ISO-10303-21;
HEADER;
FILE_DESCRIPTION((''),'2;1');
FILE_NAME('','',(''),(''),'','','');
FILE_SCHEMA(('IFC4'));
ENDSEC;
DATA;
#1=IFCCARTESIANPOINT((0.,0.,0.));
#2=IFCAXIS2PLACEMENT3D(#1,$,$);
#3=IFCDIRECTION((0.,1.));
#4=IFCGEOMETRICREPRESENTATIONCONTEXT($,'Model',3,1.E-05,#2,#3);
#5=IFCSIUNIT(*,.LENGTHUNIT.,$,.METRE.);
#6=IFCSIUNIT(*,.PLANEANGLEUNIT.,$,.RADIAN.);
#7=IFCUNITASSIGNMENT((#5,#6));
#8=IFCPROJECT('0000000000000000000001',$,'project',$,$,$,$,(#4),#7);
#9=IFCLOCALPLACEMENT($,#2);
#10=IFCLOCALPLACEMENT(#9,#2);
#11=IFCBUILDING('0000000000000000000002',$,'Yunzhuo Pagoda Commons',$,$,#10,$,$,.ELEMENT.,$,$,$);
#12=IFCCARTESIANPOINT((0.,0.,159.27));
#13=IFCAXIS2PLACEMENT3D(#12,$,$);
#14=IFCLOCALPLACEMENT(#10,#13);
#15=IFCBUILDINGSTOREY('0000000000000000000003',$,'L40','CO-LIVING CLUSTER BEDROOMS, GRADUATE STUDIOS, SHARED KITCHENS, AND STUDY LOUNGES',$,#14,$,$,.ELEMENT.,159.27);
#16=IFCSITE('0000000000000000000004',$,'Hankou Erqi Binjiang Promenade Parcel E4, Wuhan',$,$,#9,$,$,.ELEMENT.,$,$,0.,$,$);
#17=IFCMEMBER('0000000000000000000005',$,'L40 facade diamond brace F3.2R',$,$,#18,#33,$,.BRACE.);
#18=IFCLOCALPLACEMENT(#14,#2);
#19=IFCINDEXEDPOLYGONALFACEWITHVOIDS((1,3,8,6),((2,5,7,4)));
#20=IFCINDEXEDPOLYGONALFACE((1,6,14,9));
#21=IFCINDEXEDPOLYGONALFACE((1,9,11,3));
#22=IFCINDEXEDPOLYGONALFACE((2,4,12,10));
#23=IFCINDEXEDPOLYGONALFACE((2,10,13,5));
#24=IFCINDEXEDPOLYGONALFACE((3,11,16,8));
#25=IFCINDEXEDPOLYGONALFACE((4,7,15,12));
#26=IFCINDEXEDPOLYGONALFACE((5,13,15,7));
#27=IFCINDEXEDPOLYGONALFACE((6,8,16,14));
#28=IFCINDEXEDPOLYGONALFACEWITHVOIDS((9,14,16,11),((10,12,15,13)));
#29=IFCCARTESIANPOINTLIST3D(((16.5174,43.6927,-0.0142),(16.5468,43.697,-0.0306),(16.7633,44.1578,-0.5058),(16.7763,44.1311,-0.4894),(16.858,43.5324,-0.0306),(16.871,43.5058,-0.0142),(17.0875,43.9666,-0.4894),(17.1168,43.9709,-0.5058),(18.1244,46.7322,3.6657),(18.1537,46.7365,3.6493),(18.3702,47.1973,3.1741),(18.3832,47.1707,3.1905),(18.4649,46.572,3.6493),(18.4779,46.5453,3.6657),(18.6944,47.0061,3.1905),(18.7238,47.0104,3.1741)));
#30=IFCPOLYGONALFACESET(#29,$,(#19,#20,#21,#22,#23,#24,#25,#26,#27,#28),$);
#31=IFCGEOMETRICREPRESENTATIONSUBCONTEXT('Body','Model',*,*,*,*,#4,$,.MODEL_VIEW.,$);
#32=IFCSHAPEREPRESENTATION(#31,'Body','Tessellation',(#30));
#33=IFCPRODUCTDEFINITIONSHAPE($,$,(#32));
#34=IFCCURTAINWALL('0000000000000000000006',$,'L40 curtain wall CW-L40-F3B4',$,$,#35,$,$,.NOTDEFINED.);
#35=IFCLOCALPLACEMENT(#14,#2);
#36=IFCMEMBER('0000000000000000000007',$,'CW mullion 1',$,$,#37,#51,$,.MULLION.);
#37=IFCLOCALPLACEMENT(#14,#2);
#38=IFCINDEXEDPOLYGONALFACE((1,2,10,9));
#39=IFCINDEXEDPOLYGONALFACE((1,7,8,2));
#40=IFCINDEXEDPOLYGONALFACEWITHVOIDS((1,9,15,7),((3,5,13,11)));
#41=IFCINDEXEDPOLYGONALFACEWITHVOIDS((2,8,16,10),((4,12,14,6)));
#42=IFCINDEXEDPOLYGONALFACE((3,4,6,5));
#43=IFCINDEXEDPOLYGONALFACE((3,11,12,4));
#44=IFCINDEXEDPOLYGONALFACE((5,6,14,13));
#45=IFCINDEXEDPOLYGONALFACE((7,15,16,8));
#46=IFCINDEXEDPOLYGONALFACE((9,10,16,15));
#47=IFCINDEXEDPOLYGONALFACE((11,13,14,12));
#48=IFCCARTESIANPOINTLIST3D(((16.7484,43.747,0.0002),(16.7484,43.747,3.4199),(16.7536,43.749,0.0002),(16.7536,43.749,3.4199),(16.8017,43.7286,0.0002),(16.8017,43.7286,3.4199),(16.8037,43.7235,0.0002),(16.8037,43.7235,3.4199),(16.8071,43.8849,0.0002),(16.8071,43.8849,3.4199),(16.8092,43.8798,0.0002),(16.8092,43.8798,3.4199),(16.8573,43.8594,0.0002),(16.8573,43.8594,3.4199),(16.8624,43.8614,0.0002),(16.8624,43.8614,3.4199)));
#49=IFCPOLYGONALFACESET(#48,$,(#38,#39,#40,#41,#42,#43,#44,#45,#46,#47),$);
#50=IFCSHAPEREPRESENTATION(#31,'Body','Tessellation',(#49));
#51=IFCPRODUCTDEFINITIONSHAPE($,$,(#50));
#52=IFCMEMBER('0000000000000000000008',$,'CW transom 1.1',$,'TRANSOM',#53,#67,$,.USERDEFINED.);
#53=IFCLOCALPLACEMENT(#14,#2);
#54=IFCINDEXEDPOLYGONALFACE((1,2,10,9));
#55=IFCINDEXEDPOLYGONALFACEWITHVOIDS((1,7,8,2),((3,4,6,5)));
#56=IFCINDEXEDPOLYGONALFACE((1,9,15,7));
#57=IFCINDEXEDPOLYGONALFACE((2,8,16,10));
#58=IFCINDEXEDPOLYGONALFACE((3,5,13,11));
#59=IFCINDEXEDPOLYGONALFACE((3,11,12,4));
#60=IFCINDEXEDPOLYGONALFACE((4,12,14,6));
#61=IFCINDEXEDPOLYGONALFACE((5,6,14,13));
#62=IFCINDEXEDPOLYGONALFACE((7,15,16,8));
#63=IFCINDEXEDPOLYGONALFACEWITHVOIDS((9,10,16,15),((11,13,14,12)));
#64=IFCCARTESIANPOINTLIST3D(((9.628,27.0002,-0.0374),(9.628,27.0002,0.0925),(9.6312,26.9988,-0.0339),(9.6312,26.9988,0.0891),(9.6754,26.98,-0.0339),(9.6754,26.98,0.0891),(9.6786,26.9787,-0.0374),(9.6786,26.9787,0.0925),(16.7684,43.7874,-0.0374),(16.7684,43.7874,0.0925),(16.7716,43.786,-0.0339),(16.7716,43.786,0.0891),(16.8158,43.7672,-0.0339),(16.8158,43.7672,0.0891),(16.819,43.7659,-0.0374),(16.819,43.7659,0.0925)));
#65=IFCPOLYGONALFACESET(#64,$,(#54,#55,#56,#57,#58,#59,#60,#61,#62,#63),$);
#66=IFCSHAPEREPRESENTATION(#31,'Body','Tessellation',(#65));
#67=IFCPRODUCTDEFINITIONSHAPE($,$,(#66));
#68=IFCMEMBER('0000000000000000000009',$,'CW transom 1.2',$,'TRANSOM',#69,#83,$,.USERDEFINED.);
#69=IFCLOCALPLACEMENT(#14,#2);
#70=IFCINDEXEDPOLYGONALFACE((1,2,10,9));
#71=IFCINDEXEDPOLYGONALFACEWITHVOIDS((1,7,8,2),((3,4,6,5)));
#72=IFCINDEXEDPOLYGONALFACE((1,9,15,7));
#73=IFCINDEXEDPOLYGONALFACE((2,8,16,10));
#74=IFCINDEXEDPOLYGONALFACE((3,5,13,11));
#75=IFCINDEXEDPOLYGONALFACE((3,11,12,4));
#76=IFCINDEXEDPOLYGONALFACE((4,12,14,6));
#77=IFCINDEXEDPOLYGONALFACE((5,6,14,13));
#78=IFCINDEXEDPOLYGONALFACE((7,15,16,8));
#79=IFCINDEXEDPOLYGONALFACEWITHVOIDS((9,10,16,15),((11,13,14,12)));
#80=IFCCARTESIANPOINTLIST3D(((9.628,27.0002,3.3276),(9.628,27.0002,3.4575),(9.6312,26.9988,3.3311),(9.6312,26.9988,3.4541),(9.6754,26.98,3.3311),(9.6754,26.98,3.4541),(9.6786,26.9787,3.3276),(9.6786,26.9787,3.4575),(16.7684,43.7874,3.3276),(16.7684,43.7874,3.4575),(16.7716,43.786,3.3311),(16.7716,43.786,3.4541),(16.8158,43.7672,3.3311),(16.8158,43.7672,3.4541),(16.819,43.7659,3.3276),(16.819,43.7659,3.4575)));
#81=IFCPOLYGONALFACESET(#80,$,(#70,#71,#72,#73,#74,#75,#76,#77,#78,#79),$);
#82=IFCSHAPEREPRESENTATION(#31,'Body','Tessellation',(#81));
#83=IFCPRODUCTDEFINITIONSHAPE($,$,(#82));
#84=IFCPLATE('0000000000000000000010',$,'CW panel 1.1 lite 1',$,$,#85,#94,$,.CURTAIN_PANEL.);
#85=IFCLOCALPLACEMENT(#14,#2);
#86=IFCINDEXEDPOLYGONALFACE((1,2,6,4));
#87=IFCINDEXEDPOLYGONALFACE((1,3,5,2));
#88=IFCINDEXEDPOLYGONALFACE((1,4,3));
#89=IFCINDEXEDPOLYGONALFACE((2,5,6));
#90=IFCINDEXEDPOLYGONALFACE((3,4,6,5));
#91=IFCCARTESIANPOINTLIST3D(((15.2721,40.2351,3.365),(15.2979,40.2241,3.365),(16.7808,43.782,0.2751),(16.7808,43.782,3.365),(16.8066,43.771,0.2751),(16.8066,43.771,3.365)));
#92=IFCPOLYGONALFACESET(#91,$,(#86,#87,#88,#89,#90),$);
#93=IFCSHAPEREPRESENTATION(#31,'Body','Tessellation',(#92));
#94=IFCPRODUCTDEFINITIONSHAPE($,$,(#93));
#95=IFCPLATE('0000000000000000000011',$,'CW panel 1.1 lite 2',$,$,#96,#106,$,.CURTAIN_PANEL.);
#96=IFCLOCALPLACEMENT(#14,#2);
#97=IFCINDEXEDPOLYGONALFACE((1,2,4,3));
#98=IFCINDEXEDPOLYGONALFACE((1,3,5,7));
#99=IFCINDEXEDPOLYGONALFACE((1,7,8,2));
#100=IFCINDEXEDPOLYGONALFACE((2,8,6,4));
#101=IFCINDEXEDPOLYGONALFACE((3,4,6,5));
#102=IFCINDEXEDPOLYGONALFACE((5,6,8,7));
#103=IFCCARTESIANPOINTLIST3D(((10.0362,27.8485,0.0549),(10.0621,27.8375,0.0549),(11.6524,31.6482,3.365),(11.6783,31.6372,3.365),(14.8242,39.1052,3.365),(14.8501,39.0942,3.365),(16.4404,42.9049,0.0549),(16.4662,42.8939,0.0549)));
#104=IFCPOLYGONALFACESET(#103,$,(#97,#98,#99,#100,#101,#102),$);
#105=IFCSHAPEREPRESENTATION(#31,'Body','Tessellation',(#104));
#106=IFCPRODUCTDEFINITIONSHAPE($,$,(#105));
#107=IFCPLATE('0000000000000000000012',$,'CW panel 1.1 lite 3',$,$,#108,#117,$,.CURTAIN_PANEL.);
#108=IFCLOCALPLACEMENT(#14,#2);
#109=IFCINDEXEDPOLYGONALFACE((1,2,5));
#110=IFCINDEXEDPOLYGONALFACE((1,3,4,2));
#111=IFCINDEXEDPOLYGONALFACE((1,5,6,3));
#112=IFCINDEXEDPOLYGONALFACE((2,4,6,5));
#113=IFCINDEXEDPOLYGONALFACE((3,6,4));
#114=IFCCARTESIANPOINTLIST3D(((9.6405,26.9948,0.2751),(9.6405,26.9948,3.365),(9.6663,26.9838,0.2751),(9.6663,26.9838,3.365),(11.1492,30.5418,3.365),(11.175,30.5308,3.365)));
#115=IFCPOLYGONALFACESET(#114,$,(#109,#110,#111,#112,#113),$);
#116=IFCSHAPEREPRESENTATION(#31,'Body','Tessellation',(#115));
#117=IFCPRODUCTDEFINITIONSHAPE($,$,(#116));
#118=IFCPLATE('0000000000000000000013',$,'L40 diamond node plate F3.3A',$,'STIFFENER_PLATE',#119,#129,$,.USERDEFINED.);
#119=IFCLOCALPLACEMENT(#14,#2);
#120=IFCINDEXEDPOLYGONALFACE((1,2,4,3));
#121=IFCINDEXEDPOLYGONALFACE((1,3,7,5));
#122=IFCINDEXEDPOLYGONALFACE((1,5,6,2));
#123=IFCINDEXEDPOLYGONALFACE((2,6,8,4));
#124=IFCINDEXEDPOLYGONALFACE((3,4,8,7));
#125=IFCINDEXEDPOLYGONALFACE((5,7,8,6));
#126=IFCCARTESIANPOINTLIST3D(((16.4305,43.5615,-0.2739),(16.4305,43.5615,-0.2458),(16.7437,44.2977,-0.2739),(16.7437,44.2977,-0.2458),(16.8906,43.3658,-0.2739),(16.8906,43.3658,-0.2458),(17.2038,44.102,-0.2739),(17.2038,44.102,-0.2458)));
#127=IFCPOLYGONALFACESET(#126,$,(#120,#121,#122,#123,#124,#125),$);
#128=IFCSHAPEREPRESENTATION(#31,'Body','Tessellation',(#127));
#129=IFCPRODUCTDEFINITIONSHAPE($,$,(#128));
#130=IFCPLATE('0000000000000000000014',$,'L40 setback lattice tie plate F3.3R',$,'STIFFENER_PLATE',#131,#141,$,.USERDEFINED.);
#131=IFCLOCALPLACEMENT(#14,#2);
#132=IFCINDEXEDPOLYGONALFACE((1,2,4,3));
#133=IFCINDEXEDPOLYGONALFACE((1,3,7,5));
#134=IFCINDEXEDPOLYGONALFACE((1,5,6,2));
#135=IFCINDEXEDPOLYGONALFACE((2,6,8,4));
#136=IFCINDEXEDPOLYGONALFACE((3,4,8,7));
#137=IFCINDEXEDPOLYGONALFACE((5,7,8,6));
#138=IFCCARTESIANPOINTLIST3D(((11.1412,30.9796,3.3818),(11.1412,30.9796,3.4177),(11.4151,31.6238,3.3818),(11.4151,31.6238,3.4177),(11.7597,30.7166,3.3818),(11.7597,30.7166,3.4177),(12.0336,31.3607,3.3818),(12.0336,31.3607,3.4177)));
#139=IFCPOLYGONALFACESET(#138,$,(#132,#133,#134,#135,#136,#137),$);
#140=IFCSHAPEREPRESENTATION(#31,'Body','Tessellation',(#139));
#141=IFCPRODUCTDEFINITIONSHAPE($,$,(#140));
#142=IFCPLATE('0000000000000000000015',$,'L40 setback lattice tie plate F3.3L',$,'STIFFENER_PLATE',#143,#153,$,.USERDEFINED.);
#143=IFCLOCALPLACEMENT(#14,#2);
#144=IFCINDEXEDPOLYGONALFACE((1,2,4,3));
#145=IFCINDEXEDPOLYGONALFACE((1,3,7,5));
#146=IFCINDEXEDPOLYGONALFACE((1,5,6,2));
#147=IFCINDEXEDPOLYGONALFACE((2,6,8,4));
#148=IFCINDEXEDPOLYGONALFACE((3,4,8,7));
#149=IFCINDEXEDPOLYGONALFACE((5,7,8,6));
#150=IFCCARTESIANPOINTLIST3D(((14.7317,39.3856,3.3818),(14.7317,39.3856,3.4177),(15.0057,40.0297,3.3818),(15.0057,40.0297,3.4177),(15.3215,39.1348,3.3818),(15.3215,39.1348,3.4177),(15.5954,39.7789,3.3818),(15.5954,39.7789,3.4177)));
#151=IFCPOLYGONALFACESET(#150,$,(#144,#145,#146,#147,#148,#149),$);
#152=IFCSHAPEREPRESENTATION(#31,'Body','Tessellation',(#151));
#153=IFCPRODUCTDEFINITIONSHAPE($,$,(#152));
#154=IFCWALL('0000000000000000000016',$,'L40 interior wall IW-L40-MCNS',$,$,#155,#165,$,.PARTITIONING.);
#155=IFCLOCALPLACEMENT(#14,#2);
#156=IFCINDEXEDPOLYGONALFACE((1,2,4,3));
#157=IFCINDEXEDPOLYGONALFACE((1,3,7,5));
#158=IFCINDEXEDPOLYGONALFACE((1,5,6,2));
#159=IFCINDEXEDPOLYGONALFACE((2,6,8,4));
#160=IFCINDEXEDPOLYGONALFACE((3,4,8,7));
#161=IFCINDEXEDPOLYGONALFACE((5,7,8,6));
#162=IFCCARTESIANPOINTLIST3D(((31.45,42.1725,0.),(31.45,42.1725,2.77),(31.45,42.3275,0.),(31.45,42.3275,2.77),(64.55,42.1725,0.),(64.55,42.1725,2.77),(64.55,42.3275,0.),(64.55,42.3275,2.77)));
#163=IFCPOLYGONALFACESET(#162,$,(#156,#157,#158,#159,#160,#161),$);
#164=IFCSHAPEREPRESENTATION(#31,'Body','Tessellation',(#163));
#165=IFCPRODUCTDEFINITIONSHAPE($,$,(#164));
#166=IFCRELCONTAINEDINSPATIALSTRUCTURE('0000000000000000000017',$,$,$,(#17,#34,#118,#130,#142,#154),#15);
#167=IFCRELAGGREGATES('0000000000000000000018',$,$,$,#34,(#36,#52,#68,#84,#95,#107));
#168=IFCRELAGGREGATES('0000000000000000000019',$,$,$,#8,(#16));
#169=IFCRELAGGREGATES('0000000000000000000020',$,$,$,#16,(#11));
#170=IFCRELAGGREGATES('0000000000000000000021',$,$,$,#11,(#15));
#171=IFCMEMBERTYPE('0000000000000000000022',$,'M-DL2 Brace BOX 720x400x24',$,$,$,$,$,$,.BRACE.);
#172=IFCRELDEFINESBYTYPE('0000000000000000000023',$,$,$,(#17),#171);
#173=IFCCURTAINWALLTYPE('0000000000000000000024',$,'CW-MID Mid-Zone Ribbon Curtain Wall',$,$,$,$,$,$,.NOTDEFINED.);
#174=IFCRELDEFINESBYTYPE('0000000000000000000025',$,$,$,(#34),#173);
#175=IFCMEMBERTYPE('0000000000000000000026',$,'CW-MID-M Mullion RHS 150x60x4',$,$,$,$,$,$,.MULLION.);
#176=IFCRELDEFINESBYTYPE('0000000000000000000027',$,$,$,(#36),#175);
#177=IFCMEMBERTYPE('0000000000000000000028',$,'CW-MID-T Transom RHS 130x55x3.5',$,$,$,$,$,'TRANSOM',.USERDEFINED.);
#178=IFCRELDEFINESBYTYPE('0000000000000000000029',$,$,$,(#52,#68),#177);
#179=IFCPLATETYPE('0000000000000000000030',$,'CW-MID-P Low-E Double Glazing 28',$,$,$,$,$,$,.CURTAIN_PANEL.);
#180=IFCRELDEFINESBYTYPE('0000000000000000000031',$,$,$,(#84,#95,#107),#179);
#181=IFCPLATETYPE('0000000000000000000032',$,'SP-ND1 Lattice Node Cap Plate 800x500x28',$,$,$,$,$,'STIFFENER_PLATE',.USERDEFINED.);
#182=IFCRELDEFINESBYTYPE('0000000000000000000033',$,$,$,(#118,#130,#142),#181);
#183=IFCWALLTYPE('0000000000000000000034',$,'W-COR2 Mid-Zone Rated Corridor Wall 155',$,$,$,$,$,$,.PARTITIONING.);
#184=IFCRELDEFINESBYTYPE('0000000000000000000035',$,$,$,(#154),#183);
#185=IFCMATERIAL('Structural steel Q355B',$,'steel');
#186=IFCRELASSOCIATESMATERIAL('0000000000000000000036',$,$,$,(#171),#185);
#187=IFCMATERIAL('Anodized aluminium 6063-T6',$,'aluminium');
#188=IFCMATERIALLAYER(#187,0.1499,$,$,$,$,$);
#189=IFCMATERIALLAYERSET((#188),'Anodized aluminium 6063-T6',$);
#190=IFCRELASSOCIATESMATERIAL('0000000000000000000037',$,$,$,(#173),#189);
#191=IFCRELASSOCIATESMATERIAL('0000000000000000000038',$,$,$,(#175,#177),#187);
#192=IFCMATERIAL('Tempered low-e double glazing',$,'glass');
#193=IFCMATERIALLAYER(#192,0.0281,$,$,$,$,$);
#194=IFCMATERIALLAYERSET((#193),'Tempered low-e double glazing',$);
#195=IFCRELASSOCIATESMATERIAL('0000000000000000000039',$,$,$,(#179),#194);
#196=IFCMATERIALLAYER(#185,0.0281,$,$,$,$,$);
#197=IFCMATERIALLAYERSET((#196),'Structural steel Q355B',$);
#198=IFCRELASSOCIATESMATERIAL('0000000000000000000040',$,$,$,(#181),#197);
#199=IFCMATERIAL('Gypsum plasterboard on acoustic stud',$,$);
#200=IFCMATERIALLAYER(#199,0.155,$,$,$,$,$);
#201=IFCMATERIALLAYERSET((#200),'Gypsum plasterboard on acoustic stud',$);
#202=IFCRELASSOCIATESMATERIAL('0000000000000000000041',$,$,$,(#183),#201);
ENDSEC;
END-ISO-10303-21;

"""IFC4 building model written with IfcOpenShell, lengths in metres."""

from ifc_helpers import new_model, si_unit, direction, frame, frame_2d, origin, origin_2d, place, context, subcontext, project, spatial, polyline, rectangle, hollow_rectangle, outline, extrude, source, transform, mapped, material, layer, layer_set, material_profile, profile_set, type_object, element, aggregate, save


model = new_model("IFC4")

# Units and contexts
model_context = context("Model", 3, precision=1e-05, world=origin(), true_north=direction((0.0, 1.0)))
body_context = subcontext(model_context, "Body", "Model", "MODEL_VIEW")
ifc_project = project(units=[si_unit("LENGTHUNIT", "METRE"), si_unit("PLANEANGLEUNIT", "RADIAN")], contexts=[model_context])

# Site, building, storey
site_placement = place(None, origin())
site = spatial("IfcSite", under=ifc_project, at=site_placement, Name="Hankou Erqi Binjiang Promenade Parcel E4, Wuhan", CompositionType="ELEMENT", RefElevation=0.0)
building_placement = place(site_placement, origin())
building = spatial("IfcBuilding", under=site, at=building_placement, Name="Yunzhuo Pagoda Commons", CompositionType="ELEMENT")
storey_placement = place(building_placement, frame((0.0, 0.0, 159.27)))
storey = spatial("IfcBuildingStorey", under=building, at=storey_placement, Name="L40", Description="CO-LIVING CLUSTER BEDROOMS, GRADUATE STUDIOS, SHARED KITCHENS, AND STUDY LOUNGES", CompositionType="ELEMENT", Elevation=159.27)

# Shared definitions
ifc_material_1 = material(Name="Structural steel Q355B", Category="steel")

# Member
ifc_material_profile_1 = material_profile(ifc_material_1, hollow_rectangle(XDim=0.3999, YDim=0.72, WallThickness=0.0239, at=origin_2d()), Name="Structural steel Q355B")
ifc_profile_set_1 = profile_set([ifc_material_profile_1], Name="Structural steel Q355B")
member_type_1 = type_object("IfcMemberType", Name="M-DL2 Brace BOX 720x400x24", PredefinedType="BRACE", material=ifc_profile_set_1)
shared_shape_1 = source(origin(), body_context, "Body", "SweptSolid", [
    extrude(hollow_rectangle(XDim=0.3999, YDim=0.72, WallThickness=0.0239, at=origin_2d()), origin(), (0.0, 0.0, 1.0), 5.0361),
])
member_1_placement = place(storey_placement, frame((16.8171, 43.8318, -0.26), z_axis=(0.319079, 0.603544, 0.730701), x_axis=(-0.884057, 0.467379, 0.0)))
element("IfcMember", 1, at=member_1_placement, inside=storey, type_object=member_type_1, Name="L40 facade diamond brace F3.2R", PredefinedType="BRACE", context=body_context, shape_type="MappedRepresentation", body=[
    mapped(shared_shape_1, transform((0.0, 0.0, 0.0), scale=1.0)),
])

# Curtain wall, members, plates
ifc_material_2 = material(Name="Anodized aluminium 6063-T6", Category="aluminium")
ifc_layer_1 = layer(ifc_material_2, 0.1499)
ifc_layer_set_1 = layer_set([ifc_layer_1], Name="Anodized aluminium 6063-T6")
curtain_wall_type = type_object("IfcCurtainWallType", Name="CW-MID Mid-Zone Ribbon Curtain Wall", PredefinedType="NOTDEFINED", material=ifc_layer_set_1)
curtain_wall_placement = place(storey_placement, origin())
curtain_wall = element("IfcCurtainWall", 2, at=curtain_wall_placement, inside=storey, type_object=curtain_wall_type, Name="L40 curtain wall CW-L40-F3B4", PredefinedType="NOTDEFINED")
ifc_material_profile_2 = material_profile(ifc_material_2, hollow_rectangle(XDim=0.0601, YDim=0.1499, WallThickness=0.0039, at=origin_2d()), Name="Anodized aluminium 6063-T6")
ifc_profile_set_2 = profile_set([ifc_material_profile_2], Name="Anodized aluminium 6063-T6")
member_type_2 = type_object("IfcMemberType", Name="CW-MID-M Mullion RHS 150x60x4", PredefinedType="MULLION", material=ifc_profile_set_2)
shared_shape_2 = source(origin(), body_context, "Body", "SweptSolid", [
    extrude(hollow_rectangle(XDim=0.0601, YDim=0.1499, WallThickness=0.0039, at=origin_2d()), origin(), (0.0, 0.0, 1.0), 3.4197),
])
member_2_placement = place(storey_placement, frame((16.8054, 43.8042, 0.0002), z_axis=(0.0, 0.0, 1.0), x_axis=(0.920217, -0.391409, 0.0)))
member_2 = element("IfcMember", 3, at=member_2_placement, type_object=member_type_2, Name="CW mullion 1", PredefinedType="MULLION", context=body_context, shape_type="MappedRepresentation", body=[
    mapped(shared_shape_2, transform((0.0, 0.0, 0.0), scale=1.0)),
])
ifc_material_profile_3 = material_profile(ifc_material_2, hollow_rectangle(XDim=0.0549, YDim=0.1299, WallThickness=0.0034, at=origin_2d()), Name="Anodized aluminium 6063-T6")
ifc_profile_set_3 = profile_set([ifc_material_profile_3], Name="Anodized aluminium 6063-T6")
member_type_3 = type_object("IfcMemberType", Name="CW-MID-T Transom RHS 130x55x3.5", ElementType="TRANSOM", PredefinedType="USERDEFINED", material=ifc_profile_set_3)
shared_shape_3 = source(origin(), body_context, "Body", "SweptSolid", [
    extrude(hollow_rectangle(XDim=0.0549, YDim=0.1299, WallThickness=0.0034, at=origin_2d()), origin(), (0.0, 0.0, 1.0), 18.2427),
])
member_3_placement = place(storey_placement, frame((16.7937, 43.7766, 0.0276), z_axis=(-0.391413, -0.920215, 0.0), x_axis=(0.920215, -0.391413, 0.0)))
member_3 = element("IfcMember", 4, at=member_3_placement, type_object=member_type_3, Name="CW transom 1.1", ObjectType="TRANSOM", PredefinedType="USERDEFINED", context=body_context, shape_type="MappedRepresentation", body=[
    mapped(shared_shape_3, transform((0.0, 0.0, 0.0), scale=1.0)),
])
member_4_placement = place(storey_placement, frame((16.7937, 43.7766, 3.3926), z_axis=(-0.391413, -0.920215, 0.0), x_axis=(0.920215, -0.391413, 0.0)))
member_4 = element("IfcMember", 5, at=member_4_placement, type_object=member_type_3, Name="CW transom 1.2", ObjectType="TRANSOM", PredefinedType="USERDEFINED", context=body_context, shape_type="MappedRepresentation", body=[
    mapped(shared_shape_3, transform((0.0, 0.0, 0.0), scale=1.0)),
])
ifc_material_3 = material(Name="Tempered low-e double glazing", Category="glass")
ifc_layer_2 = layer(ifc_material_3, 0.0281)
ifc_layer_set_2 = layer_set([ifc_layer_2], Name="Tempered low-e double glazing")
plate_type_1 = type_object("IfcPlateType", Name="CW-MID-P Low-E Double Glazing 28", PredefinedType="CURTAIN_PANEL", material=ifc_layer_set_2)
plate_1_placement = place(storey_placement, frame((16.0522, 41.9976, 1.8201), z_axis=(-0.920217, 0.391409, 0.0), x_axis=(-0.391409, -0.920217, 0.0)))
plate_1 = element("IfcPlate", 6, at=plate_1_placement, type_object=plate_type_1, Name="CW panel 1.1 lite 1", PredefinedType="CURTAIN_PANEL", context=body_context, shape_type="SweptSolid", body=[
    extrude(outline(polyline([(-1.9272, -1.5449), (1.9272, 1.5449), (-1.9272, 1.5449), (-1.9272, -1.5449)])), origin(), (0.0, 0.0, 1.0), 0.0281),
])
plate_2_placement = place(storey_placement, frame((13.2642, 35.3657, 1.71), z_axis=(-0.920217, 0.391409, 0.0), x_axis=(-0.391409, -0.920217, 0.0)))
plate_2 = element("IfcPlate", 7, at=plate_2_placement, type_object=plate_type_1, Name="CW panel 1.1 lite 2", PredefinedType="CURTAIN_PANEL", context=body_context, shape_type="SweptSolid", body=[
    extrude(outline(polyline([(-8.1809, -1.655), (8.1809, -1.655), (4.0518, 1.655), (-4.0518, 1.655), (-8.1809, -1.655)])), origin(), (0.0, 0.0, 1.0), 0.0281),
])
plate_3_placement = place(storey_placement, frame((10.4207, 28.7573, 1.8201), z_axis=(-0.920217, 0.391409, 0.0), x_axis=(-0.391409, -0.920217, 0.0)))
plate_3 = element("IfcPlate", 8, at=plate_3_placement, type_object=plate_type_1, Name="CW panel 1.1 lite 3", PredefinedType="CURTAIN_PANEL", context=body_context, shape_type="SweptSolid", body=[
    extrude(outline(polyline([(-1.9272, 1.5449), (1.9272, -1.5449), (1.9272, 1.5449), (-1.9272, 1.5449)])), origin(), (0.0, 0.0, 1.0), 0.0281),
])
aggregate(curtain_wall, [member_2, member_3, member_4, plate_1, plate_2, plate_3])

# Plates
ifc_layer_3 = layer(ifc_material_1, 0.0281)
ifc_layer_set_3 = layer_set([ifc_layer_3], Name="Structural steel Q355B")
plate_type_2 = type_object("IfcPlateType", Name="SP-ND1 Lattice Node Cap Plate 800x500x28", ElementType="STIFFENER_PLATE", PredefinedType="USERDEFINED", material=ifc_layer_set_3)
shared_shape_4 = source(origin(), body_context, "Body", "SweptSolid", [
    extrude(rectangle(XDim=0.8, YDim=0.5, at=origin_2d()), origin(), (0.0, 0.0, 1.0), 0.0281),
])
plate_4_placement = place(storey_placement, frame((16.8171, 43.8318, -0.2739), z_axis=(0.0, 0.0, 1.0), x_axis=(-0.391406, -0.920218, 0.0)))
element("IfcPlate", 9, at=plate_4_placement, inside=storey, type_object=plate_type_2, Name="L40 diamond node plate F3.3A", ObjectType="STIFFENER_PLATE", PredefinedType="USERDEFINED", context=body_context, shape_type="MappedRepresentation", body=[
    mapped(shared_shape_4, transform((0.0, 0.0, 0.0), scale=1.0)),
])
shared_shape_5 = source(origin(), body_context, "Body", "SweptSolid", [
    extrude(rectangle(XDim=0.7, YDim=0.6721, at=origin_2d()), origin(), (0.0, 0.0, 1.0), 0.0359),
])
plate_5_placement = place(storey_placement, frame((11.5874, 31.1702, 3.3818), z_axis=(0.0, 0.0, 1.0), x_axis=(-0.391406, -0.920218, 0.0)))
element("IfcPlate", 10, at=plate_5_placement, inside=storey, type_object=plate_type_2, Name="L40 setback lattice tie plate F3.3R", ObjectType="STIFFENER_PLATE", PredefinedType="USERDEFINED", context=body_context, shape_type="MappedRepresentation", body=[
    mapped(shared_shape_5, transform((0.0, 0.0, 0.0), scale=1.0)),
])
shared_shape_6 = source(origin(), body_context, "Body", "SweptSolid", [
    extrude(rectangle(XDim=0.7, YDim=0.6409, at=origin_2d()), origin(), (0.0, 0.0, 1.0), 0.0359),
])
plate_6_placement = place(storey_placement, frame((15.1636, 39.5823, 3.3818), z_axis=(0.0, 0.0, 1.0), x_axis=(-0.391406, -0.920218, 0.0)))
element("IfcPlate", 11, at=plate_6_placement, inside=storey, type_object=plate_type_2, Name="L40 setback lattice tie plate F3.3L", ObjectType="STIFFENER_PLATE", PredefinedType="USERDEFINED", context=body_context, shape_type="MappedRepresentation", body=[
    mapped(shared_shape_6, transform((0.0, 0.0, 0.0), scale=1.0)),
])

# Wall
ifc_material_4 = material(Name="Gypsum plasterboard on acoustic stud")
ifc_layer_4 = layer(ifc_material_4, 0.155)
ifc_layer_set_4 = layer_set([ifc_layer_4], Name="Gypsum plasterboard on acoustic stud")
wall_type_1 = type_object("IfcWallType", Name="W-COR2 Mid-Zone Rated Corridor Wall 155", PredefinedType="PARTITIONING", material=ifc_layer_set_4)
wall_1_placement = place(storey_placement, frame((31.45, 42.25, 0.0), z_axis=(0.0, 0.0, 1.0), x_axis=(1.0, 0.0, 0.0)))
element("IfcWall", 12, at=wall_1_placement, inside=storey, type_object=wall_type_1, Name="L40 interior wall IW-L40-MCNS", PredefinedType="PARTITIONING", context=body_context, shape_type="SweptSolid", body=[
    extrude(rectangle(XDim=33.1001, YDim=0.155, at=frame_2d((16.55, 0.0))), origin(), (0.0, 0.0, 1.0), 2.77),
])

save(model, "model.ifc")
